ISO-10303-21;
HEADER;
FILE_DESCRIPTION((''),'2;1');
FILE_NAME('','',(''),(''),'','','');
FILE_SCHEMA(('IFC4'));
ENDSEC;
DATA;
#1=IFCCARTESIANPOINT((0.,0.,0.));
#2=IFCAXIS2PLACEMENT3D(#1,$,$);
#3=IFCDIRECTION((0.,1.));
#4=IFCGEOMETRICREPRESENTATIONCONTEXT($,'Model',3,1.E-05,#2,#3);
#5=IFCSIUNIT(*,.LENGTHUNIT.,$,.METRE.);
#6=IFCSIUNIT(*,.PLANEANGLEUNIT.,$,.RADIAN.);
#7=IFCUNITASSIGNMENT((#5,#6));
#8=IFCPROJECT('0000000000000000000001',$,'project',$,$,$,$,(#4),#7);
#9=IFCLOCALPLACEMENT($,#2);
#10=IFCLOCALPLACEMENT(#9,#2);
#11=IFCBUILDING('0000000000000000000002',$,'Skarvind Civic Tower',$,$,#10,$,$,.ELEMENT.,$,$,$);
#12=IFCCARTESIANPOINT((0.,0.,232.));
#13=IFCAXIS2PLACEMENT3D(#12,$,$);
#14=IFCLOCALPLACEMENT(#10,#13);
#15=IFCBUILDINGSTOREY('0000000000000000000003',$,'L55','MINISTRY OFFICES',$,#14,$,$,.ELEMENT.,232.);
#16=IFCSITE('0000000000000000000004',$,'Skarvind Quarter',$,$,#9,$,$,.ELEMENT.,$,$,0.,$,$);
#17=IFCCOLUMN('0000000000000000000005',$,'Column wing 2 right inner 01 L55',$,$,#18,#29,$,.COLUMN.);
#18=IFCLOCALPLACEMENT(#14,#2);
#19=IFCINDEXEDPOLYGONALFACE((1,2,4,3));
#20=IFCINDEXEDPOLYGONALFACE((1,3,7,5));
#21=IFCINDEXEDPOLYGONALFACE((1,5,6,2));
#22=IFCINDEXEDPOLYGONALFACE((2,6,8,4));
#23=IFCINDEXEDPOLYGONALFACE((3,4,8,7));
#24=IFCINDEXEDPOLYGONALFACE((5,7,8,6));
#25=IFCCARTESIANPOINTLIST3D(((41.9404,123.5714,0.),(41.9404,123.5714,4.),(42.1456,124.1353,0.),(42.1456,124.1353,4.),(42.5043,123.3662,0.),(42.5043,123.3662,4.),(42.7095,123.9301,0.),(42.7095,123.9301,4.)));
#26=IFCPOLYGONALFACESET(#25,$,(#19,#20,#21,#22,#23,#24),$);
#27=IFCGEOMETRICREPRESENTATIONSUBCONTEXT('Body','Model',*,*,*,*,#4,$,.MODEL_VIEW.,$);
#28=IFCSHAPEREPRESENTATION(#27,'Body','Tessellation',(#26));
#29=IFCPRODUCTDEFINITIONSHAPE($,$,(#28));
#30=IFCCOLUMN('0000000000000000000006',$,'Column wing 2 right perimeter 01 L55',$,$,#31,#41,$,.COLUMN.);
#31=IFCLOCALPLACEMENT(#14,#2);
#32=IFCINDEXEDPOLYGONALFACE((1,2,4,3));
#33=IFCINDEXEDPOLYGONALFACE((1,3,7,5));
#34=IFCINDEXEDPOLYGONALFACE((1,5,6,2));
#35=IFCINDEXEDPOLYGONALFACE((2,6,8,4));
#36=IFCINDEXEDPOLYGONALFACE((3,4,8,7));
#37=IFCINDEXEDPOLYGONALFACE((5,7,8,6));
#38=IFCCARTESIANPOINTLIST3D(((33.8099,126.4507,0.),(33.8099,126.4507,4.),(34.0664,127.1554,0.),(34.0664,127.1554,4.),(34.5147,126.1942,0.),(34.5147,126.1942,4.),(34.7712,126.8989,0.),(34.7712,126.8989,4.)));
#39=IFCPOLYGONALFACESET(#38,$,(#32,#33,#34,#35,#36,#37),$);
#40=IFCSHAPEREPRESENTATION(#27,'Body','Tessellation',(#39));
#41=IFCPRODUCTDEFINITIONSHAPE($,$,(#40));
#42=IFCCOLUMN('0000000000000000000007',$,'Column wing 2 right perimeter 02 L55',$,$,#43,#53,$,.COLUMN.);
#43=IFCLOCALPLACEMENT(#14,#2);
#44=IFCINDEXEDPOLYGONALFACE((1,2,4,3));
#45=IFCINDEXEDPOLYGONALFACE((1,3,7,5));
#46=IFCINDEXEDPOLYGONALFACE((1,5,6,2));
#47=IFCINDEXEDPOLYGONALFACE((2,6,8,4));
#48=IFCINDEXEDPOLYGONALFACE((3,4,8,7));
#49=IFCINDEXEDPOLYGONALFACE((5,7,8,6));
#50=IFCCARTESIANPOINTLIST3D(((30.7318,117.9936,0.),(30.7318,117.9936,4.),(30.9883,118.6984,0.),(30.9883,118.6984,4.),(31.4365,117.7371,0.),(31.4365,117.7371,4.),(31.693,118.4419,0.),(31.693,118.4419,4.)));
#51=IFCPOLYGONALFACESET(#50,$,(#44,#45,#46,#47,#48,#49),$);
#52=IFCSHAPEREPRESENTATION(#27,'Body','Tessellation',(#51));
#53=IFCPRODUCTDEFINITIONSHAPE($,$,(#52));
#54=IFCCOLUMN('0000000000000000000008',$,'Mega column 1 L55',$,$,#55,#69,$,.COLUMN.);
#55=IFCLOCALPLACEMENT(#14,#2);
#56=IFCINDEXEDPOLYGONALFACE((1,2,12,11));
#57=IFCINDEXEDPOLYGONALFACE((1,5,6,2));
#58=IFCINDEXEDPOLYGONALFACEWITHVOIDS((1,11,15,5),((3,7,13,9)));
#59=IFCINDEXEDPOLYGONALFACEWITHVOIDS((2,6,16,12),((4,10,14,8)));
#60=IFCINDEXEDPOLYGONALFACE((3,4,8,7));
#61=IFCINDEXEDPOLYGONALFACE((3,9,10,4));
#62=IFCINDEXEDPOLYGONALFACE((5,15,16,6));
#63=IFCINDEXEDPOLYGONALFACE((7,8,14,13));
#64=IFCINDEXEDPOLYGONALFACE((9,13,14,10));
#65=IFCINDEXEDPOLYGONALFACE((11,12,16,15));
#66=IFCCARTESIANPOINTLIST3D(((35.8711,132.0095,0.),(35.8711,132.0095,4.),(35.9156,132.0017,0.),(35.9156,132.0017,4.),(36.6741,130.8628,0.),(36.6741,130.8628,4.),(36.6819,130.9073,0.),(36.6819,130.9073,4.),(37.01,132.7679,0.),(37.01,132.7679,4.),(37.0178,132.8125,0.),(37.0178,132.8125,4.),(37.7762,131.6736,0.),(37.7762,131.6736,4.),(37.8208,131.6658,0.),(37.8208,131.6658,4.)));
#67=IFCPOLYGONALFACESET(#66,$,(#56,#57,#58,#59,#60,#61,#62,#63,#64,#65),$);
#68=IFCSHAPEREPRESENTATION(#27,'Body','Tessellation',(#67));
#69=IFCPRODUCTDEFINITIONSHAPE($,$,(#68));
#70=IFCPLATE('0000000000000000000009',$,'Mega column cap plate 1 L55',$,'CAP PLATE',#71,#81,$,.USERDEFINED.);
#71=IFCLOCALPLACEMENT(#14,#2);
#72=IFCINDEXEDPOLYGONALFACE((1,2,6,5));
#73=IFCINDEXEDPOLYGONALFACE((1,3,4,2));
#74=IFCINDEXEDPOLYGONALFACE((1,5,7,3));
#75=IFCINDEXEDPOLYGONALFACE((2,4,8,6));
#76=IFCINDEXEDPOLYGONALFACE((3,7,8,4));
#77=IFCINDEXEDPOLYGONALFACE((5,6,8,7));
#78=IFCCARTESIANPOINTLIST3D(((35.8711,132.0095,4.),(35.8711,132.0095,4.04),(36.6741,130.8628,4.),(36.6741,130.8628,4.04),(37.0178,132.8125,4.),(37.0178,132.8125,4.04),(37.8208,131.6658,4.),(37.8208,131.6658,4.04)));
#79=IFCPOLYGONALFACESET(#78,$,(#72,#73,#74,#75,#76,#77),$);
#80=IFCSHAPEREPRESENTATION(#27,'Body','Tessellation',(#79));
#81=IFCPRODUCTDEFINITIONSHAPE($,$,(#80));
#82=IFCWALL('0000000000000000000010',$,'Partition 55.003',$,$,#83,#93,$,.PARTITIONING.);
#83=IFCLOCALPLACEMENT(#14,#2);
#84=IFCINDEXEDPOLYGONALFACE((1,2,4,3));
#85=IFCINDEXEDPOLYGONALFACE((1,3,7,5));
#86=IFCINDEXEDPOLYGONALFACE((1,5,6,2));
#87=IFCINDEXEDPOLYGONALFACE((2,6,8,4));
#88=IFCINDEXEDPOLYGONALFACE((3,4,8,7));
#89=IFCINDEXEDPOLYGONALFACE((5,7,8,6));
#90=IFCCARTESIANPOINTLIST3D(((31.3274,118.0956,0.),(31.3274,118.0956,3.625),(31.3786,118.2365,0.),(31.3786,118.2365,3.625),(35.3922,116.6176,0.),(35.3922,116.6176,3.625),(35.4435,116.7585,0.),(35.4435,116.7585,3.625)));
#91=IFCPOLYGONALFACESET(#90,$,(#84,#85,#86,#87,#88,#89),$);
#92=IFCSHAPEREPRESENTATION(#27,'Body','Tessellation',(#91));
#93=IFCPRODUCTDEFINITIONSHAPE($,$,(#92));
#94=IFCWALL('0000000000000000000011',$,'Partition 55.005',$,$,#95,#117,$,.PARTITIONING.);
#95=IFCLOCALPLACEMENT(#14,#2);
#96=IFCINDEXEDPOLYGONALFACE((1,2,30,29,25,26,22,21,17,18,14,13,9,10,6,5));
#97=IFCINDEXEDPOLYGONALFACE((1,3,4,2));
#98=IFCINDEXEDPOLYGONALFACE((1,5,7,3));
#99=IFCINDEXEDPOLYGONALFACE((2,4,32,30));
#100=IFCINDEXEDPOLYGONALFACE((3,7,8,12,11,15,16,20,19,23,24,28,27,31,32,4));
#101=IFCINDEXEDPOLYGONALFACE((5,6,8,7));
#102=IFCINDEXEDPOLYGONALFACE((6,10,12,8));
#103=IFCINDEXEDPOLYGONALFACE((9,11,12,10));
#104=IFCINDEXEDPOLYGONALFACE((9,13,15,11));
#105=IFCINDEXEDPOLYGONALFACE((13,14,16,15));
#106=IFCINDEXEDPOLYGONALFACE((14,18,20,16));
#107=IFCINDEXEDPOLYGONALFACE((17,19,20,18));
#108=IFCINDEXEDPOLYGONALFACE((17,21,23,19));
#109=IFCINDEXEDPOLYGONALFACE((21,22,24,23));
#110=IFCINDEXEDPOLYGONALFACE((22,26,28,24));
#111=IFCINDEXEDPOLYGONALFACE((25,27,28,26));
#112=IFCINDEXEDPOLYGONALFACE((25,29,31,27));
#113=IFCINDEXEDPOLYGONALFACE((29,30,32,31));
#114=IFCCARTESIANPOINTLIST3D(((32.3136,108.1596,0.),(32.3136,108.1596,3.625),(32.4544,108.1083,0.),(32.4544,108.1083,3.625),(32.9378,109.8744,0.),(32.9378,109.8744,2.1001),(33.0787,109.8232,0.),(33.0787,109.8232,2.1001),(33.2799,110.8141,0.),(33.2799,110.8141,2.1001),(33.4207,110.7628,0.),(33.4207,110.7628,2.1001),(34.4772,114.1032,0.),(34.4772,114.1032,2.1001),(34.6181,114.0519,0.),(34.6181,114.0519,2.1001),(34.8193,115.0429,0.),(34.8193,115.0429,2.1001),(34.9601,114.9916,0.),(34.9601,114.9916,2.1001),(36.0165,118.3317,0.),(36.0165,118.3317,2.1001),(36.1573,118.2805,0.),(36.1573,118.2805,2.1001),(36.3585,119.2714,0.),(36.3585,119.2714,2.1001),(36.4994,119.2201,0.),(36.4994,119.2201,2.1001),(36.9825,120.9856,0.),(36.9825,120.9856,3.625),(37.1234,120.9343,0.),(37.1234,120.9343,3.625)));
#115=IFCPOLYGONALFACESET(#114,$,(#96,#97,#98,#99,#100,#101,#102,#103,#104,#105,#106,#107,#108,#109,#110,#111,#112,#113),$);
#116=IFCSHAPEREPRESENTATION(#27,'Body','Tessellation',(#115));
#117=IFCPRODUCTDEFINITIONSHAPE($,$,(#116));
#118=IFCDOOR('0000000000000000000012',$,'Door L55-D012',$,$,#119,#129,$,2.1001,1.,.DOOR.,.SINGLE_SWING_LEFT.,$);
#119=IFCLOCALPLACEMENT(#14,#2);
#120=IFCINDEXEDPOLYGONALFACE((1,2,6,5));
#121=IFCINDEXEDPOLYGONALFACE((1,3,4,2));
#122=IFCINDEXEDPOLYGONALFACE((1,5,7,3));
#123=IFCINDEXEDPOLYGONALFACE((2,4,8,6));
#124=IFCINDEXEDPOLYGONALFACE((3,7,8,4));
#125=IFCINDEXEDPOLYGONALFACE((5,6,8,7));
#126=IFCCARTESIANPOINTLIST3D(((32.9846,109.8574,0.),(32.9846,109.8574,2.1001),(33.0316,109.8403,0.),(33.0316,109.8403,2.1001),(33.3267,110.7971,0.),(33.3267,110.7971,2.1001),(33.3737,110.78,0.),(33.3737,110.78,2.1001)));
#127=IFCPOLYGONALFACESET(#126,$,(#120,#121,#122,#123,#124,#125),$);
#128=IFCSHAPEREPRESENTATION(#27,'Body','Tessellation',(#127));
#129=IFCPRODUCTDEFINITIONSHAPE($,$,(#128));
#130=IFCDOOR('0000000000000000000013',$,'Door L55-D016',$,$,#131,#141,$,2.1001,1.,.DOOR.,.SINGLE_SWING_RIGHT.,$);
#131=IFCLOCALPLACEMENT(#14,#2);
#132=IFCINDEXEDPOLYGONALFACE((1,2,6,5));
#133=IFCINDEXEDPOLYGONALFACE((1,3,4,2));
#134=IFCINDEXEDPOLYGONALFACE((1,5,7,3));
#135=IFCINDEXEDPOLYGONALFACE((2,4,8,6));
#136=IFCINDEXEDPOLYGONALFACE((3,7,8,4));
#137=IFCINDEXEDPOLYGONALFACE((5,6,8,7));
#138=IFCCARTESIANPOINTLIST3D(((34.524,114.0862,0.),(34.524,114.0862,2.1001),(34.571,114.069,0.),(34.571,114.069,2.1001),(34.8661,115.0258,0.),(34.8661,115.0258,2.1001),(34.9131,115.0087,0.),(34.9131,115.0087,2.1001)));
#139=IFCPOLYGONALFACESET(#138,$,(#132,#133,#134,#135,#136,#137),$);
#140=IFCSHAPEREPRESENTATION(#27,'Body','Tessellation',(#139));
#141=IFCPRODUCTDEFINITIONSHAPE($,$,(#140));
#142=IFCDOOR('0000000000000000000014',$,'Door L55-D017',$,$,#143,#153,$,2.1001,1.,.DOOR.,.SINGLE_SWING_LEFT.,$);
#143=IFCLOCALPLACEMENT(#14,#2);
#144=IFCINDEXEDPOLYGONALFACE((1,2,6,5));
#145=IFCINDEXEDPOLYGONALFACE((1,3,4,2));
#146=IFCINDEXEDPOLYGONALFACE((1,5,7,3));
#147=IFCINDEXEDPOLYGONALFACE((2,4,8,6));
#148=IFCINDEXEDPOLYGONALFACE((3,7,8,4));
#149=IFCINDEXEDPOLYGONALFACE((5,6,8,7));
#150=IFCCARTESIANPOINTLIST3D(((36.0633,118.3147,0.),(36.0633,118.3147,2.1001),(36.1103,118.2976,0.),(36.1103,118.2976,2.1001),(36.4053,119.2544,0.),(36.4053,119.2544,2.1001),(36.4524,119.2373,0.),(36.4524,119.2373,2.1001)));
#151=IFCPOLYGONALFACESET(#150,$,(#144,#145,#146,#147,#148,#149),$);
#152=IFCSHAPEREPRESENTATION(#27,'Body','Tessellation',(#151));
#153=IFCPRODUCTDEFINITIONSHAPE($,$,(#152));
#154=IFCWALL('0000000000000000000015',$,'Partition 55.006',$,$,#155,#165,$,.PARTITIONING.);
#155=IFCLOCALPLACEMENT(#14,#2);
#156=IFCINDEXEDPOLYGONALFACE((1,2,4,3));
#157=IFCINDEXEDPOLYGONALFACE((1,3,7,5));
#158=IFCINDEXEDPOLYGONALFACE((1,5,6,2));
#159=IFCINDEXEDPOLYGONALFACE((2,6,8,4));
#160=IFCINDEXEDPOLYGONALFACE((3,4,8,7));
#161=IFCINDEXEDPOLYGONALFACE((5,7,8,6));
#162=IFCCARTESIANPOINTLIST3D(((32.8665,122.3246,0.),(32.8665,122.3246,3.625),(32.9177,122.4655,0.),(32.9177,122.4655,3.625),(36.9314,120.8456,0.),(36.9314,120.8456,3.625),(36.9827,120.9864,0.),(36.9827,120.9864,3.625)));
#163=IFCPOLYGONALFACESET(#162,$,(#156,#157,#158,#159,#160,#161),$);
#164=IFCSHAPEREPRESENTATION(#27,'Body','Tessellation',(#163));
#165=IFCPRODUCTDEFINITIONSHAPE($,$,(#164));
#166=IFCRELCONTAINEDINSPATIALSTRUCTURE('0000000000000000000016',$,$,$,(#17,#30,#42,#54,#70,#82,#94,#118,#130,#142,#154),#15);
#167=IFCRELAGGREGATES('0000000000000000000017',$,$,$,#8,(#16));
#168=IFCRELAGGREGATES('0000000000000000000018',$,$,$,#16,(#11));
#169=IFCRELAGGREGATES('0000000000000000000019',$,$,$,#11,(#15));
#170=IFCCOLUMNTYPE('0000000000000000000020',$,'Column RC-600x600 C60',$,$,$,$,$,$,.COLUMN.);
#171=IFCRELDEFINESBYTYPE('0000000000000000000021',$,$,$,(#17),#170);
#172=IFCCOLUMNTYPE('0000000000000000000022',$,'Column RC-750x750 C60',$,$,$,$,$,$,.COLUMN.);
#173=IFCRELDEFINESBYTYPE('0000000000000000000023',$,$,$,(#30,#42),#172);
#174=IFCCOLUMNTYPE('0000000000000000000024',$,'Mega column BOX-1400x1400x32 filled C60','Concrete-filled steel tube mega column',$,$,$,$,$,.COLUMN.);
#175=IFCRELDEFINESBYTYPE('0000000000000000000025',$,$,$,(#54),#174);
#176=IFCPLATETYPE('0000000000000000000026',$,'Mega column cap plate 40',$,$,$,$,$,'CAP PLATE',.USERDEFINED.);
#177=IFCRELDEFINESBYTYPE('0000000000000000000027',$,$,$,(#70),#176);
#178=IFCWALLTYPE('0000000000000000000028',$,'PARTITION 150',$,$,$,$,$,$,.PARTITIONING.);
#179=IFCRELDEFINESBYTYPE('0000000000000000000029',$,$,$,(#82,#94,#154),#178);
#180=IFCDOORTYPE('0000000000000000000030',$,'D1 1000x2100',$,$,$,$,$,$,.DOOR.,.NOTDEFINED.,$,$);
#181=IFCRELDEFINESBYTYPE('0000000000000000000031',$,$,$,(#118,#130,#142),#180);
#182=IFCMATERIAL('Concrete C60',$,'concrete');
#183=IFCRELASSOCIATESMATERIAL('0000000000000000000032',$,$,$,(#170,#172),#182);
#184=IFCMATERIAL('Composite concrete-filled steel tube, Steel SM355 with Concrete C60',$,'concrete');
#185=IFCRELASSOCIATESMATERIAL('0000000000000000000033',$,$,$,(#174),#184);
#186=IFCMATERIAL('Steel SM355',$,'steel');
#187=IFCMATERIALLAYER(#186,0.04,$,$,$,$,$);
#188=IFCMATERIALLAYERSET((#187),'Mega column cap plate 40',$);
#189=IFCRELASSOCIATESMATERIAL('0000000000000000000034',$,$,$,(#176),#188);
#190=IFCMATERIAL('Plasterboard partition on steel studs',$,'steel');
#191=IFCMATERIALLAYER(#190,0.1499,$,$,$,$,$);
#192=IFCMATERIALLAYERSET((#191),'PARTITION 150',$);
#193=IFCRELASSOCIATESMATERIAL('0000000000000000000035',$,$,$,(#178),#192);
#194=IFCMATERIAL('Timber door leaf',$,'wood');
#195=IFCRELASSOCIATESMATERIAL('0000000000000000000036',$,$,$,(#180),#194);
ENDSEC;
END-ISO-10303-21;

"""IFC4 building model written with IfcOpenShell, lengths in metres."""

from ifc_helpers import new_model, si_unit, direction, frame, frame_2d, origin, origin_2d, place, context, subcontext, project, spatial, rectangle, hollow_rectangle, extrude, material, layer, layer_set, material_profile, profile_set, type_object, element, fill, save


model = new_model("IFC4")

# Units and contexts
model_context = context("Model", 3, precision=1e-05, world=origin(), true_north=direction((0.0, 1.0)))
body_context = subcontext(model_context, "Body", "Model", "MODEL_VIEW")
ifc_project = project(units=[si_unit("LENGTHUNIT", "METRE"), si_unit("PLANEANGLEUNIT", "RADIAN")], contexts=[model_context])

# Site, building, storey
site_placement = place(None, origin())
site = spatial("IfcSite", under=ifc_project, at=site_placement, Name="Skarvind Quarter", CompositionType="ELEMENT", RefElevation=0.0)
building_placement = place(site_placement, origin())
building = spatial("IfcBuilding", under=site, at=building_placement, Name="Skarvind Civic Tower", CompositionType="ELEMENT")
storey_placement = place(building_placement, frame((0.0, 0.0, 232.0)))
storey = spatial("IfcBuildingStorey", under=building, at=storey_placement, Name="L55", Description="MINISTRY OFFICES", CompositionType="ELEMENT", Elevation=232.0)

# Columns
ifc_material_1 = material(Name="Concrete C60", Category="concrete")
ifc_material_profile_1 = material_profile(ifc_material_1, rectangle(XDim=0.6001, YDim=0.6001, at=origin_2d()), Name="RC-600x600")
ifc_profile_set_1 = profile_set([ifc_material_profile_1], Name="Concrete C60")
column_type_1 = type_object("IfcColumnType", Name="Column RC-600x600 C60", PredefinedType="COLUMN", material=ifc_profile_set_1)
column_1_placement = place(storey_placement, frame((42.325, 123.7507, 0.0), z_axis=(0.0, 0.0, 1.0), x_axis=(-0.34202, -0.939693, 0.0)))
element("IfcColumn", 1, at=column_1_placement, inside=storey, type_object=column_type_1, Name="Column wing 2 right inner 01 L55", PredefinedType="COLUMN", context=body_context, shape_type="SweptSolid", body=[
    extrude(rectangle(XDim=0.6001, YDim=0.6001, at=origin_2d()), origin(), (0.0, 0.0, 1.0), 4.0),
])
ifc_material_profile_2 = material_profile(ifc_material_1, rectangle(XDim=0.75, YDim=0.75, at=origin_2d()), Name="RC-750x750")
ifc_profile_set_2 = profile_set([ifc_material_profile_2], Name="Concrete C60")
column_type_2 = type_object("IfcColumnType", Name="Column RC-750x750 C60", PredefinedType="COLUMN", material=ifc_profile_set_2)
for number, where, z_axis, x_axis, name in (
    (2, (34.2905, 126.6748, 0.0), (0.0, 0.0, 1.0), (-0.34202, -0.939693, 0.0), "Column wing 2 right perimeter 01 L55"),
    (3, (31.2124, 118.2178, 0.0), (0.0, 0.0, 1.0), (-0.34202, -0.939693, 0.0), "Column wing 2 right perimeter 02 L55"),
):
    element("IfcColumn", number, at=place(storey_placement, frame(where, z_axis=z_axis, x_axis=x_axis)), inside=storey, type_object=column_type_2, Name=name, PredefinedType="COLUMN", context=body_context, shape_type="SweptSolid", body=[
        extrude(rectangle(XDim=0.75, YDim=0.75, at=origin_2d()), origin(), (0.0, 0.0, 1.0), 4.0),
    ])
ifc_material_2 = material(Name="Composite concrete-filled steel tube, Steel SM355 with Concrete C60", Category="concrete")
ifc_material_profile_3 = material_profile(ifc_material_2, hollow_rectangle(XDim=1.3999, YDim=1.3999, WallThickness=0.032, at=origin_2d()), Name="BOX-1400x1400x32")
ifc_profile_set_3 = profile_set([ifc_material_profile_3], Name="Composite concrete-filled steel tube, Steel SM355 with Concrete C60")
column_type_3 = type_object("IfcColumnType", Name="Mega column BOX-1400x1400x32 filled C60", Description="Concrete-filled steel tube mega column", PredefinedType="COLUMN", material=ifc_profile_set_3)
column_2_placement = place(storey_placement, frame((36.8459, 131.8376, 0.0), z_axis=(0.0, 0.0, 1.0), x_axis=(0.573576, -0.819152, 0.0)))
element("IfcColumn", 4, at=column_2_placement, inside=storey, type_object=column_type_3, Name="Mega column 1 L55", PredefinedType="COLUMN", context=body_context, shape_type="SweptSolid", body=[
    extrude(hollow_rectangle(XDim=1.3999, YDim=1.3999, WallThickness=0.032, at=origin_2d()), origin(), (0.0, 0.0, 1.0), 4.0),
])

# Plate
ifc_material_3 = material(Name="Steel SM355", Category="steel")
ifc_layer_1 = layer(ifc_material_3, 0.04)
ifc_layer_set_1 = layer_set([ifc_layer_1], Name="Mega column cap plate 40")
plate_type = type_object("IfcPlateType", Name="Mega column cap plate 40", ElementType="CAP PLATE", PredefinedType="USERDEFINED", material=ifc_layer_set_1)
plate_placement = place(storey_placement, frame((36.8459, 131.8376, 4.0), z_axis=(0.0, 0.0, 1.0), x_axis=(0.573576, -0.819152, 0.0)))
element("IfcPlate", 5, at=plate_placement, inside=storey, type_object=plate_type, Name="Mega column cap plate 1 L55", ObjectType="CAP PLATE", PredefinedType="USERDEFINED", context=body_context, shape_type="SweptSolid", body=[
    extrude(rectangle(XDim=1.3999, YDim=1.3999, at=origin_2d()), origin(), (0.0, 0.0, 1.0), 0.04),
])

# Wall
ifc_material_4 = material(Name="Plasterboard partition on steel studs", Category="steel")
ifc_layer_2 = layer(ifc_material_4, 0.1499)
ifc_layer_set_2 = layer_set([ifc_layer_2], Name="PARTITION 150")
wall_type_1 = type_object("IfcWallType", Name="PARTITION 150", PredefinedType="PARTITIONING", material=ifc_layer_set_2)
wall_1_placement = place(storey_placement, frame((31.353, 118.166, 0.0), z_axis=(0.0, 0.0, 1.0), x_axis=(0.939803, -0.341716, 0.0)))
element("IfcWall", 6, at=wall_1_placement, inside=storey, type_object=wall_type_1, Name="Partition 55.003", PredefinedType="PARTITIONING", context=body_context, shape_type="SweptSolid", body=[
    extrude(rectangle(XDim=4.3252, YDim=0.1499, at=frame_2d((2.1626, 0.0))), origin(), (0.0, 0.0, 1.0), 3.625),
])

# Wall, openings, doors
wall_2_placement = place(storey_placement, frame((37.053, 120.96, 0.0), z_axis=(0.0, 0.0, 1.0), x_axis=(-0.342065, -0.939676, 0.0)))
wall_2 = element("IfcWall", 7, at=wall_2_placement, inside=storey, type_object=wall_type_1, Name="Partition 55.005", PredefinedType="PARTITIONING", context=body_context, shape_type="SweptSolid", body=[
    extrude(rectangle(XDim=13.6494, YDim=0.1499, at=frame_2d((6.8247, 0.0))), origin(), (0.0, 0.0, 1.0), 3.625),
])
opening_1_placement = place(wall_2_placement, frame((10.8245, 0.0, 0.0)))
opening_1 = element("IfcOpeningElement", 8, at=opening_1_placement, cuts=wall_2, PredefinedType="OPENING", context=body_context, shape_type="SweptSolid", body=[
    extrude(rectangle(XDim=1.0, YDim=2.1001, at=frame_2d((0.5, 1.05))), frame((0.0, 0.085, 0.0), z_axis=(0.0, -1.0, 0.0), x_axis=(1.0, 0.0, 0.0)), (0.0, 0.0, 1.0), 0.1699),
])
opening_2_placement = place(wall_2_placement, frame((6.3242, 0.0, 0.0)))
opening_2 = element("IfcOpeningElement", 9, at=opening_2_placement, cuts=wall_2, PredefinedType="OPENING", context=body_context, shape_type="SweptSolid", body=[
    extrude(rectangle(XDim=1.0, YDim=2.1001, at=frame_2d((0.5, 1.05))), frame((0.0, 0.085, 0.0), z_axis=(0.0, -1.0, 0.0), x_axis=(1.0, 0.0, 0.0)), (0.0, 0.0, 1.0), 0.1699),
])
opening_3_placement = place(wall_2_placement, frame((1.8242, 0.0, 0.0)))
opening_3 = element("IfcOpeningElement", 10, at=opening_3_placement, cuts=wall_2, PredefinedType="OPENING", context=body_context, shape_type="SweptSolid", body=[
    extrude(rectangle(XDim=1.0, YDim=2.1001, at=frame_2d((0.5, 1.05))), frame((0.0, 0.085, 0.0), z_axis=(0.0, -1.0, 0.0), x_axis=(1.0, 0.0, 0.0)), (0.0, 0.0, 1.0), 0.1699),
])
ifc_material_5 = material(Name="Timber door leaf", Category="wood")
door_type = type_object("IfcDoorType", Name="D1 1000x2100", OperationType="NOTDEFINED", PredefinedType="DOOR", material=ifc_material_5)
door_1_placement = place(opening_1_placement, origin())
door_1 = element("IfcDoor", 11, at=door_1_placement, inside=storey, type_object=door_type, Name="Door L55-D012", OperationType="SINGLE_SWING_LEFT", OverallHeight=2.1001, OverallWidth=1.0, PredefinedType="DOOR", context=body_context, shape_type="SweptSolid", body=[
    extrude(rectangle(XDim=1.0, YDim=2.1001, at=frame_2d((0.5, 1.05))), frame((0.0, 0.0249, 0.0), z_axis=(0.0, -1.0, 0.0), x_axis=(1.0, 0.0, 0.0)), (0.0, 0.0, 1.0), 0.05),
])
fill(opening_1, door_1)
door_2_placement = place(opening_2_placement, origin())
door_2 = element("IfcDoor", 12, at=door_2_placement, inside=storey, type_object=door_type, Name="Door L55-D016", OperationType="SINGLE_SWING_RIGHT", OverallHeight=2.1001, OverallWidth=1.0, PredefinedType="DOOR", context=body_context, shape_type="SweptSolid", body=[
    extrude(rectangle(XDim=1.0, YDim=2.1001, at=frame_2d((0.5, 1.05))), frame((0.0, 0.0249, 0.0), z_axis=(0.0, -1.0, 0.0), x_axis=(1.0, 0.0, 0.0)), (0.0, 0.0, 1.0), 0.05),
])
fill(opening_2, door_2)
door_3_placement = place(opening_3_placement, origin())
door_3 = element("IfcDoor", 13, at=door_3_placement, inside=storey, type_object=door_type, Name="Door L55-D017", OperationType="SINGLE_SWING_LEFT", OverallHeight=2.1001, OverallWidth=1.0, PredefinedType="DOOR", context=body_context, shape_type="SweptSolid", body=[
    extrude(rectangle(XDim=1.0, YDim=2.1001, at=frame_2d((0.5, 1.05))), frame((0.0, 0.0249, 0.0), z_axis=(0.0, -1.0, 0.0), x_axis=(1.0, 0.0, 0.0)), (0.0, 0.0, 1.0), 0.05),
])
fill(opening_3, door_3)

# Wall
wall_3_placement = place(storey_placement, frame((32.8921, 122.395, 0.0), z_axis=(0.0, 0.0, 1.0), x_axis=(0.939731, -0.341915, 0.0)))
element("IfcWall", 14, at=wall_3_placement, inside=storey, type_object=wall_type_1, Name="Partition 55.006", PredefinedType="PARTITIONING", context=body_context, shape_type="SweptSolid", body=[
    extrude(rectangle(XDim=4.3257, YDim=0.1499, at=frame_2d((2.1628, 0.0))), origin(), (0.0, 0.0, 1.0), 3.625),
])

save(model, "model.ifc")
